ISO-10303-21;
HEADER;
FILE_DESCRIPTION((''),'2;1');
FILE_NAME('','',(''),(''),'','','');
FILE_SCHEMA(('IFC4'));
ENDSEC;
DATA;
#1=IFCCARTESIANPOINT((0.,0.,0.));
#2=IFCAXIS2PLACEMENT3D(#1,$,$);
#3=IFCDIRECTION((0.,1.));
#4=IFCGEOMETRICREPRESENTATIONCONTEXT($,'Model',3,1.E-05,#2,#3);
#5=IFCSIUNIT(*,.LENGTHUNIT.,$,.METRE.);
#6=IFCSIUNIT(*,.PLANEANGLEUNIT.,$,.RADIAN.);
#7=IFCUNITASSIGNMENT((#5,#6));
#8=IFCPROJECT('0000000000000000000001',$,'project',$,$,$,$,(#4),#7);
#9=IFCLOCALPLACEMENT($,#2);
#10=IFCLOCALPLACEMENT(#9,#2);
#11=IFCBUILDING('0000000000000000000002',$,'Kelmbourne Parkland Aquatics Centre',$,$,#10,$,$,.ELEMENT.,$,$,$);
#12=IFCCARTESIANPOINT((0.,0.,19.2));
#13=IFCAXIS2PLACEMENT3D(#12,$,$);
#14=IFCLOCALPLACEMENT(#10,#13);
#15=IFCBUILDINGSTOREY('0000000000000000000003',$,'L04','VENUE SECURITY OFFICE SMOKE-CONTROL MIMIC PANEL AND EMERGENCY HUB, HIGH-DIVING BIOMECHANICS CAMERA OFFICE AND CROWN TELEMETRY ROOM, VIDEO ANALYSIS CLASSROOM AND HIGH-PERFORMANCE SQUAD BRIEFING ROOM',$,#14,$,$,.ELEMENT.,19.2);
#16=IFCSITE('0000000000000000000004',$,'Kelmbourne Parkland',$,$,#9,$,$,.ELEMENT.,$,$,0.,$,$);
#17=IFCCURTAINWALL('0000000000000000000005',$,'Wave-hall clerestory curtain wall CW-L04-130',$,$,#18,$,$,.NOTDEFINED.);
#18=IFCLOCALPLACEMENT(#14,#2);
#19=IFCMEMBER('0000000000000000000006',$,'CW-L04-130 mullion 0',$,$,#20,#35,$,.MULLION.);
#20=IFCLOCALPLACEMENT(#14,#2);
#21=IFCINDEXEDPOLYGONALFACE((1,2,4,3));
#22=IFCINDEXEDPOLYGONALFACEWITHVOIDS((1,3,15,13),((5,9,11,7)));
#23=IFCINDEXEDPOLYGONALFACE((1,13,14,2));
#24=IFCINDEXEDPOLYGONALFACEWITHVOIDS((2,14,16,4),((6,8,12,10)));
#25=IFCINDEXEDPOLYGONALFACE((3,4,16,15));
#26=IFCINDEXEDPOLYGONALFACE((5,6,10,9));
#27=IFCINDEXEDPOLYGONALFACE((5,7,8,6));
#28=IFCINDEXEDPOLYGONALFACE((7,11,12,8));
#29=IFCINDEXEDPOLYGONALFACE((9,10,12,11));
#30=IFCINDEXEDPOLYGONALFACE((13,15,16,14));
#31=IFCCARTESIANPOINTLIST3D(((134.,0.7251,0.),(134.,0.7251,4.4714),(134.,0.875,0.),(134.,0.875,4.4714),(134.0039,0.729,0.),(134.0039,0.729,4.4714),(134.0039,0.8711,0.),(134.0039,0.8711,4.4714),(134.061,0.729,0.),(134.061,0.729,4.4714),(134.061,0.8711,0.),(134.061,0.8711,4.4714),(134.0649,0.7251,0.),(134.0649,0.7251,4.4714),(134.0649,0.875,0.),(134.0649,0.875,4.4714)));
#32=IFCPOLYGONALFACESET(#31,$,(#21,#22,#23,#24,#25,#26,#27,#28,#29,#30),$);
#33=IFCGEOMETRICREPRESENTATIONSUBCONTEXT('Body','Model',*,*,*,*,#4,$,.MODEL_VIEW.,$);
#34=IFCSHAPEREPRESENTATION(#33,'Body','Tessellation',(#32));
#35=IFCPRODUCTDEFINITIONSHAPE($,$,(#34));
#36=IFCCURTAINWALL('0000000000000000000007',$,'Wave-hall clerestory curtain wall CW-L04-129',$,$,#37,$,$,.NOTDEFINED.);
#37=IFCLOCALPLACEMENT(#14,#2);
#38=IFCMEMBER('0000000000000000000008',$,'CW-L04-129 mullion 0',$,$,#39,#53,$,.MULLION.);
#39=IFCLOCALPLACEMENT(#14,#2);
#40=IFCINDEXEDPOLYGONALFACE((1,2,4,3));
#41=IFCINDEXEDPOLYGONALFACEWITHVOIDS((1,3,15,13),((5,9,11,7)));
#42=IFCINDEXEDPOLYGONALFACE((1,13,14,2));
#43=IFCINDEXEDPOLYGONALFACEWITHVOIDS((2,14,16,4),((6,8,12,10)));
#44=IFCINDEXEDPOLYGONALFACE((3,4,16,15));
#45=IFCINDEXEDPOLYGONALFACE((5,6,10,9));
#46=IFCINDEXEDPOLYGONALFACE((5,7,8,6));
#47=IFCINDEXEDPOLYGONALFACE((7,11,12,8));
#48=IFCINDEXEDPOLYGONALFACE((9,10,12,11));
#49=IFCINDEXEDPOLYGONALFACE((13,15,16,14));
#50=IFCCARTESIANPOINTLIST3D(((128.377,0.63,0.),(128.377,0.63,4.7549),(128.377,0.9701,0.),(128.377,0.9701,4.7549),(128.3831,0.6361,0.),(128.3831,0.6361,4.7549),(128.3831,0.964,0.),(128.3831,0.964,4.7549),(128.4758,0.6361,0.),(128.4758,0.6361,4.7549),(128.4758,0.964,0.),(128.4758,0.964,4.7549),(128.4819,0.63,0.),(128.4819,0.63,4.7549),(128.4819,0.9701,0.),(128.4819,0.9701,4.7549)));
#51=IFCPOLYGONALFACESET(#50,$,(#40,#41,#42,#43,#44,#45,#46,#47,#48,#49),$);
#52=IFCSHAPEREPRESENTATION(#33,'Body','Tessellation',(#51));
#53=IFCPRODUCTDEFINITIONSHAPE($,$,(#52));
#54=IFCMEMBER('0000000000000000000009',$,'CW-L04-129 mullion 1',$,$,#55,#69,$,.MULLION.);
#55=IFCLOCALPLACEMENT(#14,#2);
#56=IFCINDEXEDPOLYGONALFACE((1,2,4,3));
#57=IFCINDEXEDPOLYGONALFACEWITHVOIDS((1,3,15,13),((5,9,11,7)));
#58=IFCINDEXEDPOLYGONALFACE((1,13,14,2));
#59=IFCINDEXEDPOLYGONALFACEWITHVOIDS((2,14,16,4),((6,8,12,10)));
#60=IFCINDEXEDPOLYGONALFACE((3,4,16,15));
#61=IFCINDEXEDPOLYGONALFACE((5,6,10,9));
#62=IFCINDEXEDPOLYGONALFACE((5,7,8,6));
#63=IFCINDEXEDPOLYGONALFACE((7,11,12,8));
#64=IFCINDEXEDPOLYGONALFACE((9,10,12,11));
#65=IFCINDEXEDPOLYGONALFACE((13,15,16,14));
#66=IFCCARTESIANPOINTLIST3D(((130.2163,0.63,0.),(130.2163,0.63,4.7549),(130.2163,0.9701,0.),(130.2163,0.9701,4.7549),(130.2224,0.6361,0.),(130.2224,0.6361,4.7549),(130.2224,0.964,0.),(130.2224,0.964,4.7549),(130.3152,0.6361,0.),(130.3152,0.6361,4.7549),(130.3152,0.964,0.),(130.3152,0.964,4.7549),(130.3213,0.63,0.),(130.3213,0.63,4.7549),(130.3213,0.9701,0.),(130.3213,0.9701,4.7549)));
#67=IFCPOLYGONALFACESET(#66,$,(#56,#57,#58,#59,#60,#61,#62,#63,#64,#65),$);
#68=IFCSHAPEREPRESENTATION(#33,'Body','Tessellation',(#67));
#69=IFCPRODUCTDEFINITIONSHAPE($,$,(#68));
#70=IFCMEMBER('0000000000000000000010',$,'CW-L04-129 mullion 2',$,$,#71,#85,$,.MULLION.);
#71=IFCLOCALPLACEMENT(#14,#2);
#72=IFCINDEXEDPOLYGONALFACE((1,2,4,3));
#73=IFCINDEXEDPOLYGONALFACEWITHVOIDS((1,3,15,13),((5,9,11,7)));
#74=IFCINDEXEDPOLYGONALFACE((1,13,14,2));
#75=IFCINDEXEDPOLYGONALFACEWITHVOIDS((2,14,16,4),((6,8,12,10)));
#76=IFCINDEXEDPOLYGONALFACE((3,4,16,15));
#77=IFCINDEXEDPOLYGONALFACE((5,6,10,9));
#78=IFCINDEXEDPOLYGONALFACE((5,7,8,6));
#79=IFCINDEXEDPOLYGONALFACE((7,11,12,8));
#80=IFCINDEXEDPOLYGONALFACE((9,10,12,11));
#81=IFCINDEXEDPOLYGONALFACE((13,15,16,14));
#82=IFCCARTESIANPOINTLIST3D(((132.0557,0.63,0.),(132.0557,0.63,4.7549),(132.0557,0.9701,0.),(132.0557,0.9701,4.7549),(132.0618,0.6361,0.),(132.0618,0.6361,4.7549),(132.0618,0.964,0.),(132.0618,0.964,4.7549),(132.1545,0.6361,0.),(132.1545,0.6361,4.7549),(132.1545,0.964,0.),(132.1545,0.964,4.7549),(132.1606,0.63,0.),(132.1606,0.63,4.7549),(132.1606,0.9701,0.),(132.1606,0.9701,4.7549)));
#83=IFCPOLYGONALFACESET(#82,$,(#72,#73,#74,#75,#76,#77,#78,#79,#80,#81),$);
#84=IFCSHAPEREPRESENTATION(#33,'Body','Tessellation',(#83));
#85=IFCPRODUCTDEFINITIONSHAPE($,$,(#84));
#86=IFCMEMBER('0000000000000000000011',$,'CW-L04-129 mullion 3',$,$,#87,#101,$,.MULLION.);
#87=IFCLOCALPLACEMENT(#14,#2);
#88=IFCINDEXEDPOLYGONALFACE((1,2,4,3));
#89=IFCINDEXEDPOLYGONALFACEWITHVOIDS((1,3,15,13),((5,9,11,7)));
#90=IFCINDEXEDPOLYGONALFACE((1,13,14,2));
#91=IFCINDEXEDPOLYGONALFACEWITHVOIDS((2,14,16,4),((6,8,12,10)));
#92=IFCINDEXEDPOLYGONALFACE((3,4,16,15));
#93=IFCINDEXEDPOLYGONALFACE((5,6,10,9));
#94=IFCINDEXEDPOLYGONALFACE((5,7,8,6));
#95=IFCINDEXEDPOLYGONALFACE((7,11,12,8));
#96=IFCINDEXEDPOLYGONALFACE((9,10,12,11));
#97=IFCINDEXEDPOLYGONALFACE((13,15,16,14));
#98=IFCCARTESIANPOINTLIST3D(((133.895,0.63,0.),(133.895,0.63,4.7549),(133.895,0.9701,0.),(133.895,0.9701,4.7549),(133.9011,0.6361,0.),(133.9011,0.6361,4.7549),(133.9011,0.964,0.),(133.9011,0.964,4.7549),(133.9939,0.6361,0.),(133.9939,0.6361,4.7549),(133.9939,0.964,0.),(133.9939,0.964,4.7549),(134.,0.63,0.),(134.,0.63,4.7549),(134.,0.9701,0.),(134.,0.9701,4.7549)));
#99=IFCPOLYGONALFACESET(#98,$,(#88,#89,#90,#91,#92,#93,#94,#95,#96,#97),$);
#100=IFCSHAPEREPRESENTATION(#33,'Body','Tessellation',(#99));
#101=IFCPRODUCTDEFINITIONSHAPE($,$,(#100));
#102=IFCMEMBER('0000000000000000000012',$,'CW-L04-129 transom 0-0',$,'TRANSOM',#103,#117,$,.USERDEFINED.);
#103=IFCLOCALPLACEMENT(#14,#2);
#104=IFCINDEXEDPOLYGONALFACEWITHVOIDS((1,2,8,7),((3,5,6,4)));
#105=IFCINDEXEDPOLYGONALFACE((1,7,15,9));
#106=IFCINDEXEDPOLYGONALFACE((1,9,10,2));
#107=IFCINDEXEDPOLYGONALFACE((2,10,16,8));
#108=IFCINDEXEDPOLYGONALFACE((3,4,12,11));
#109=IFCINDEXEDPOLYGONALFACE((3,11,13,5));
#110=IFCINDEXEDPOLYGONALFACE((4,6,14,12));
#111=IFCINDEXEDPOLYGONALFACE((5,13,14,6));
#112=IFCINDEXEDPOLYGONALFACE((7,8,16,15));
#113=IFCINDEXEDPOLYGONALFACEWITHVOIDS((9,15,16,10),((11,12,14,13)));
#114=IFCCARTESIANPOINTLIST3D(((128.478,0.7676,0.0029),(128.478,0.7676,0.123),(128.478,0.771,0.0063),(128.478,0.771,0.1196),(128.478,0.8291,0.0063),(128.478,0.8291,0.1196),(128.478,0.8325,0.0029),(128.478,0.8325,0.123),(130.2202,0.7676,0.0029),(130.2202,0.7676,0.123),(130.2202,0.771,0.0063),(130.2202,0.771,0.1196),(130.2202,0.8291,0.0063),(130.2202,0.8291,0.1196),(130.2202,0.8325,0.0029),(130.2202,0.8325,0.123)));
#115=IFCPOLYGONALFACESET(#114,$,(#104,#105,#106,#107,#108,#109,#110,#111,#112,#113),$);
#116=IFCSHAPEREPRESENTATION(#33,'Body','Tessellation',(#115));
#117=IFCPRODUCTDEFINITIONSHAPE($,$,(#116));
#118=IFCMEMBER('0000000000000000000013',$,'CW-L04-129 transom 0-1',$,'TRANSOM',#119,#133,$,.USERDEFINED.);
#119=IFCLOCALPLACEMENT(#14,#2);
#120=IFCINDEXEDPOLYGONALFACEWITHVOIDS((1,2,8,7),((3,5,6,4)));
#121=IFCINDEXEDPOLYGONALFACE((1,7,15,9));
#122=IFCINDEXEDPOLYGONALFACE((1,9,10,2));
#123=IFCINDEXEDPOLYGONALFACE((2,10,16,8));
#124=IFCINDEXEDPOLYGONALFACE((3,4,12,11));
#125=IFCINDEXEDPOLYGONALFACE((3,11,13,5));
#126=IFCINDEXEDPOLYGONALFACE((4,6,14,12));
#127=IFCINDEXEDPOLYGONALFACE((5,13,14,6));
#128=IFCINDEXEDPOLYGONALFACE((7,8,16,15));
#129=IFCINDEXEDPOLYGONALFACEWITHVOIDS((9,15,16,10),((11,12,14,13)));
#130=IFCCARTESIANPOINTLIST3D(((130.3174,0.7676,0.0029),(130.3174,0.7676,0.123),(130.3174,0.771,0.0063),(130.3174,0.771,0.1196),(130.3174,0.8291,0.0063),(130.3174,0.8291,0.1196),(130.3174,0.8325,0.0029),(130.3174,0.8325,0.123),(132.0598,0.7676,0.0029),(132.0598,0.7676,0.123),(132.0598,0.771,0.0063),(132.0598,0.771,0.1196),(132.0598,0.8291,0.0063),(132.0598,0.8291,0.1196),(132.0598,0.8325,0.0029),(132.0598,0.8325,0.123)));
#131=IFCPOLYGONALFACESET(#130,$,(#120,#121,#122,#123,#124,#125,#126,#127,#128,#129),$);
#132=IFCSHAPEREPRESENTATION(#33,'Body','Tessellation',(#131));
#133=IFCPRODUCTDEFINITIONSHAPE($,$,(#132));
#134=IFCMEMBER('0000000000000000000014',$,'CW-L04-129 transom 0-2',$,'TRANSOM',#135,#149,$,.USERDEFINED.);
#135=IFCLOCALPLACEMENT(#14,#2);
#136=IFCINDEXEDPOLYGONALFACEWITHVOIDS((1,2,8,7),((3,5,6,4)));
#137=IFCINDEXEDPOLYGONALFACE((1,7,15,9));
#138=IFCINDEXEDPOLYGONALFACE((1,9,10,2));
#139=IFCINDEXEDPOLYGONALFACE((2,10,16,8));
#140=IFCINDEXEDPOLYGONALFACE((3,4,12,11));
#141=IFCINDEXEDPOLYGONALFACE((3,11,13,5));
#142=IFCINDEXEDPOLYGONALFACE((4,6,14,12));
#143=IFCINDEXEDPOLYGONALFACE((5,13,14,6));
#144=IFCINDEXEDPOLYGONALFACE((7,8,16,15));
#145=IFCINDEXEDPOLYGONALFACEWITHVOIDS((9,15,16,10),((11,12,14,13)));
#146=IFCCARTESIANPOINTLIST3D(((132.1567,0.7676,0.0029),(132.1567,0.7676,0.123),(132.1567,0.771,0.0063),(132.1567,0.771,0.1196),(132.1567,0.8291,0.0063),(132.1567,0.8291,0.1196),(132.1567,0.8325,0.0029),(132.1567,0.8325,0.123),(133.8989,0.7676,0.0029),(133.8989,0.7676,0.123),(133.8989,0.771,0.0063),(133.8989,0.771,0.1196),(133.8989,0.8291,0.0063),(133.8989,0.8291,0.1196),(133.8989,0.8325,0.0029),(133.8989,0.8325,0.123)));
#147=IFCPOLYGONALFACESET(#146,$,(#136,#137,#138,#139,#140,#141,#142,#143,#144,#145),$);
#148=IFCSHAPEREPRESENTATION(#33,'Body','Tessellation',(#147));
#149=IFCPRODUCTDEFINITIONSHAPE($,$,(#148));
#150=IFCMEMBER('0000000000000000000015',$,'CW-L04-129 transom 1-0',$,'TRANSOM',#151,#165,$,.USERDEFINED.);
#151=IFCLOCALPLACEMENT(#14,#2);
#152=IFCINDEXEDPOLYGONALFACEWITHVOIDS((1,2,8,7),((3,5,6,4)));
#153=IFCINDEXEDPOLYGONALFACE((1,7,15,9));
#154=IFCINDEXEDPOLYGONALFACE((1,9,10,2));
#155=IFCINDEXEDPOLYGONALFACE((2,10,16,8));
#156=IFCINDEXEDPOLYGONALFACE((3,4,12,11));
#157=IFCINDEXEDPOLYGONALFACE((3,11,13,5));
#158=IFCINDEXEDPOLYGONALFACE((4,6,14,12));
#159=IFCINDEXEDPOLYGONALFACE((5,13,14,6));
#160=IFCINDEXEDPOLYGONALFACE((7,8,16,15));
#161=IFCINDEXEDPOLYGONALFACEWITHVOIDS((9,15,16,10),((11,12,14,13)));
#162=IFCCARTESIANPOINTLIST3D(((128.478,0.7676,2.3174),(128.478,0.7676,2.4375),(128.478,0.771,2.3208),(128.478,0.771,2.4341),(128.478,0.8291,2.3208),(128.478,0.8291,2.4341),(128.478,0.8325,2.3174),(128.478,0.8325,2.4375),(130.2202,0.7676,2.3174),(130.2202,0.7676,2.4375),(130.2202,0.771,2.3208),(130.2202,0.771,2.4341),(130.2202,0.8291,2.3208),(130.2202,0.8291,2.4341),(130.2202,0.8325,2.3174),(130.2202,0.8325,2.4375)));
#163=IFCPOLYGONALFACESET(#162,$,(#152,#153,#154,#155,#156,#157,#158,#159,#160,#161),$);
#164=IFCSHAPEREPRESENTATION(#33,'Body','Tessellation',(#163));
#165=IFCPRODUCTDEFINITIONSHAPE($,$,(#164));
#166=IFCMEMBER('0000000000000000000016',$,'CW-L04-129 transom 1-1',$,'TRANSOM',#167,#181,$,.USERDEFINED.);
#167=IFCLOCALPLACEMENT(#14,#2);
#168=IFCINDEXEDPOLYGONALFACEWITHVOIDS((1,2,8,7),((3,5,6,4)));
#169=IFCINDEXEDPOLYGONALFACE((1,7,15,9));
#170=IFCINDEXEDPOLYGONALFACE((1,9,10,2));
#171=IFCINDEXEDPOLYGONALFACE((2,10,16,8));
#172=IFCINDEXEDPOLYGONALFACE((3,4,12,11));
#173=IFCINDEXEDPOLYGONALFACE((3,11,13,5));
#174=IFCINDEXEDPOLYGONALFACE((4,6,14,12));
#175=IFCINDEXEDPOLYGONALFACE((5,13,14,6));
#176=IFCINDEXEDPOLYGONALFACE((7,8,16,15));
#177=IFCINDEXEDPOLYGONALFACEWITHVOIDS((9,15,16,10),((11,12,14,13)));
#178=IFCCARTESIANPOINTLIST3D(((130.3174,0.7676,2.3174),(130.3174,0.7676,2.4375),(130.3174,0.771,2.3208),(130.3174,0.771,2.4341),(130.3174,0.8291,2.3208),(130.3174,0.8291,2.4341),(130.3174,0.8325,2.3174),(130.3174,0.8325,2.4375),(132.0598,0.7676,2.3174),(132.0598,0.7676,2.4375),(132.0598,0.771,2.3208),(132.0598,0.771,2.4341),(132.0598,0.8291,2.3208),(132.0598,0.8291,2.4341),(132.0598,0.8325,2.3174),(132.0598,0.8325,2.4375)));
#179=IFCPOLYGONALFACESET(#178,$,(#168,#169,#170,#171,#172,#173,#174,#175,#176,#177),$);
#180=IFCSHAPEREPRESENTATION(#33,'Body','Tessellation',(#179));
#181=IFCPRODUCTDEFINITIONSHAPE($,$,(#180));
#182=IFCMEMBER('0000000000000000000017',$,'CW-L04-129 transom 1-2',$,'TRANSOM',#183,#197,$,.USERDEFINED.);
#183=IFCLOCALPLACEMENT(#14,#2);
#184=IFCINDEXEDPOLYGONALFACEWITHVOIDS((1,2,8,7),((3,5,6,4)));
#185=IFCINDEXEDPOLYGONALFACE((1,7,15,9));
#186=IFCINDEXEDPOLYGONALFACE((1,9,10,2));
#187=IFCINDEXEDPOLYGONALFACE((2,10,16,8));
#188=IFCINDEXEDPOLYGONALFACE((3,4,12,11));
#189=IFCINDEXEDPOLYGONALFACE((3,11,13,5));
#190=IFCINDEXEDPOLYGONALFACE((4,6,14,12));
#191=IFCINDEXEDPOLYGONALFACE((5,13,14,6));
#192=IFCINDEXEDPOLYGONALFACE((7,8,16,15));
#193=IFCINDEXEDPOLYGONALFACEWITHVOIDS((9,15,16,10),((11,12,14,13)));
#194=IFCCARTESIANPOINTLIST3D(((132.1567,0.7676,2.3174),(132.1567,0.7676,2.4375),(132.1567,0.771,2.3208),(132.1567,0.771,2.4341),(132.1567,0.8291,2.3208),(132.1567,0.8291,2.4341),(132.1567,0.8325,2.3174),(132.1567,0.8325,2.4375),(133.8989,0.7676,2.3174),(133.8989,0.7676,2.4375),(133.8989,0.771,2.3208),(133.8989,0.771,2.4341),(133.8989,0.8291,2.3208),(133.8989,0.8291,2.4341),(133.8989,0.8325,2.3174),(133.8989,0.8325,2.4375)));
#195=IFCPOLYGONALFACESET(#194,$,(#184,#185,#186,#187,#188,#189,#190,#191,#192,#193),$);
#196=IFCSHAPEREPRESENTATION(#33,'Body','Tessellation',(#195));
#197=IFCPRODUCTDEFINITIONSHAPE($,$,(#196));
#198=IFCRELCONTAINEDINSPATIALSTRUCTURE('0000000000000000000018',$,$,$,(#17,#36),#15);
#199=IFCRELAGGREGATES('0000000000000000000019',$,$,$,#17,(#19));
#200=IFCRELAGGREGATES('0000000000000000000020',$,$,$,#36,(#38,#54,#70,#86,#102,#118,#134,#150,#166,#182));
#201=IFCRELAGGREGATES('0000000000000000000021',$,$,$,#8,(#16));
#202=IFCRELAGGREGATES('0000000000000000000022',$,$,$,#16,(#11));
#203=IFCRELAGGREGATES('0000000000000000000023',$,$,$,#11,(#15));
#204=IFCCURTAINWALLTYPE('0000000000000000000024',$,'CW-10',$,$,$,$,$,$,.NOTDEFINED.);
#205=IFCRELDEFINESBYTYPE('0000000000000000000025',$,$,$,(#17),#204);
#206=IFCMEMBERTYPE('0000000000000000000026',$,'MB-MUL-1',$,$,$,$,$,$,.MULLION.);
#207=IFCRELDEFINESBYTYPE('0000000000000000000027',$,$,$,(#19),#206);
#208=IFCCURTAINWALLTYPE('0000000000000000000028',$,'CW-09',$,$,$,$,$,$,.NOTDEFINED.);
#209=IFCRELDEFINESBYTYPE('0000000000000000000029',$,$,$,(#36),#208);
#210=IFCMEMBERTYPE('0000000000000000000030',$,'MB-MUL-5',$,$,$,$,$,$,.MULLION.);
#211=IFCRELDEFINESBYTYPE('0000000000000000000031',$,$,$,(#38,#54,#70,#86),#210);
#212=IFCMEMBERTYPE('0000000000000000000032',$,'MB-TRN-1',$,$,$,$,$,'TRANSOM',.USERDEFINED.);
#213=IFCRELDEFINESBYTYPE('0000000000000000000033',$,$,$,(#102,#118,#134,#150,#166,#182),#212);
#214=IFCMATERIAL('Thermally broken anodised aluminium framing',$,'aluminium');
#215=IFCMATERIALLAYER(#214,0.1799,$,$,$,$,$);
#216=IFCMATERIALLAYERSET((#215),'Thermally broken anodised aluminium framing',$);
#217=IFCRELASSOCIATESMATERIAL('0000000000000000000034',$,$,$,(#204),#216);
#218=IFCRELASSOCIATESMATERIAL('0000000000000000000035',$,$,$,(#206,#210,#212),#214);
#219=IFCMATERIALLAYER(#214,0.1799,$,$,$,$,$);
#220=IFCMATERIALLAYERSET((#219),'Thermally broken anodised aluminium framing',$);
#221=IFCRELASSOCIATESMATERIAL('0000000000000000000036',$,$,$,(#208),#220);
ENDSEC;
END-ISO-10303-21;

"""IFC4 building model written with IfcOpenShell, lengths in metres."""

from ifc_helpers import new_model, si_unit, direction, frame, origin, origin_2d, place, context, subcontext, project, spatial, hollow_rectangle, extrude, material, layer, layer_set, material_profile, profile_set, type_object, element, aggregate, save


model = new_model("IFC4")

# Units and contexts
model_context = context("Model", 3, precision=1e-05, world=origin(), true_north=direction((0.0, 1.0)))
body_context = subcontext(model_context, "Body", "Model", "MODEL_VIEW")
ifc_project = project(units=[si_unit("LENGTHUNIT", "METRE"), si_unit("PLANEANGLEUNIT", "RADIAN")], contexts=[model_context])

# Site, building, storey
site_placement = place(None, origin())
site = spatial("IfcSite", under=ifc_project, at=site_placement, Name="Kelmbourne Parkland", CompositionType="ELEMENT", RefElevation=0.0)
building_placement = place(site_placement, origin())
building = spatial("IfcBuilding", under=site, at=building_placement, Name="Kelmbourne Parkland Aquatics Centre", CompositionType="ELEMENT")
storey_placement = place(building_placement, frame((0.0, 0.0, 19.2)))
storey = spatial("IfcBuildingStorey", under=building, at=storey_placement, Name="L04", Description="VENUE SECURITY OFFICE SMOKE-CONTROL MIMIC PANEL AND EMERGENCY HUB, HIGH-DIVING BIOMECHANICS CAMERA OFFICE AND CROWN TELEMETRY ROOM, VIDEO ANALYSIS CLASSROOM AND HIGH-PERFORMANCE SQUAD BRIEFING ROOM", CompositionType="ELEMENT", Elevation=19.2)

# Curtain wall, member
ifc_material_1 = material(Name="Thermally broken anodised aluminium framing", Category="aluminium")
ifc_layer_1 = layer(ifc_material_1, 0.1799)
ifc_layer_set_1 = layer_set([ifc_layer_1], Name="Thermally broken anodised aluminium framing")
curtain_wall_type_1 = type_object("IfcCurtainWallType", Name="CW-10", PredefinedType="NOTDEFINED", material=ifc_layer_set_1)
curtain_wall_1_placement = place(storey_placement, origin())
curtain_wall_1 = element("IfcCurtainWall", 1, at=curtain_wall_1_placement, inside=storey, type_object=curtain_wall_type_1, Name="Wave-hall clerestory curtain wall CW-L04-130", PredefinedType="NOTDEFINED")
ifc_material_profile_1 = material_profile(ifc_material_1, hollow_rectangle(XDim=0.0649, YDim=0.1499, WallThickness=0.0039, at=origin_2d()), Name="CW-M 65x150")
ifc_profile_set_1 = profile_set([ifc_material_profile_1], Name="Thermally broken anodised aluminium framing")
member_type_1 = type_object("IfcMemberType", Name="MB-MUL-1", PredefinedType="MULLION", material=ifc_profile_set_1)
member_1_placement = place(storey_placement, frame((134.0325, 0.8, 0.0), z_axis=(0.0, 0.0, 1.0), x_axis=(1.0, 0.0, 0.0)))
member_1 = element("IfcMember", 2, at=member_1_placement, type_object=member_type_1, Name="CW-L04-130 mullion 0", PredefinedType="MULLION", context=body_context, shape_type="SweptSolid", body=[
    extrude(hollow_rectangle(XDim=0.0649, YDim=0.1499, WallThickness=0.0039, at=origin_2d()), origin(), (0.0, 0.0, 1.0), 4.4714),
])

# Curtain wall, members
ifc_layer_2 = layer(ifc_material_1, 0.1799)
ifc_layer_set_2 = layer_set([ifc_layer_2], Name="Thermally broken anodised aluminium framing")
curtain_wall_type_2 = type_object("IfcCurtainWallType", Name="CW-09", PredefinedType="NOTDEFINED", material=ifc_layer_set_2)
curtain_wall_2_placement = place(storey_placement, origin())
curtain_wall_2 = element("IfcCurtainWall", 3, at=curtain_wall_2_placement, inside=storey, type_object=curtain_wall_type_2, Name="Wave-hall clerestory curtain wall CW-L04-129", PredefinedType="NOTDEFINED")
ifc_material_profile_2 = material_profile(ifc_material_1, hollow_rectangle(XDim=0.105, YDim=0.3401, WallThickness=0.0061, at=origin_2d()), Name="CW-M 105x340")
ifc_profile_set_2 = profile_set([ifc_material_profile_2], Name="Thermally broken anodised aluminium framing")
member_type_2 = type_object("IfcMemberType", Name="MB-MUL-5", PredefinedType="MULLION", material=ifc_profile_set_2)
member_2_placement = place(storey_placement, frame((128.4294, 0.8, 0.0), z_axis=(0.0, 0.0, 1.0), x_axis=(1.0, 0.0, 0.0)))
member_2 = element("IfcMember", 4, at=member_2_placement, type_object=member_type_2, Name="CW-L04-129 mullion 0", PredefinedType="MULLION", context=body_context, shape_type="SweptSolid", body=[
    extrude(hollow_rectangle(XDim=0.105, YDim=0.3401, WallThickness=0.0061, at=origin_2d()), origin(), (0.0, 0.0, 1.0), 4.7549),
])
member_3_placement = place(storey_placement, frame((130.2688, 0.8, 0.0), z_axis=(0.0, 0.0, 1.0), x_axis=(1.0, 0.0, 0.0)))
member_3 = element("IfcMember", 5, at=member_3_placement, type_object=member_type_2, Name="CW-L04-129 mullion 1", PredefinedType="MULLION", context=body_context, shape_type="SweptSolid", body=[
    extrude(hollow_rectangle(XDim=0.105, YDim=0.3401, WallThickness=0.0061, at=origin_2d()), origin(), (0.0, 0.0, 1.0), 4.7549),
])
member_4_placement = place(storey_placement, frame((132.1082, 0.8, 0.0), z_axis=(0.0, 0.0, 1.0), x_axis=(1.0, 0.0, 0.0)))
member_4 = element("IfcMember", 6, at=member_4_placement, type_object=member_type_2, Name="CW-L04-129 mullion 2", PredefinedType="MULLION", context=body_context, shape_type="SweptSolid", body=[
    extrude(hollow_rectangle(XDim=0.105, YDim=0.3401, WallThickness=0.0061, at=origin_2d()), origin(), (0.0, 0.0, 1.0), 4.7549),
])
member_5_placement = place(storey_placement, frame((133.9475, 0.8, 0.0), z_axis=(0.0, 0.0, 1.0), x_axis=(1.0, 0.0, 0.0)))
member_5 = element("IfcMember", 7, at=member_5_placement, type_object=member_type_2, Name="CW-L04-129 mullion 3", PredefinedType="MULLION", context=body_context, shape_type="SweptSolid", body=[
    extrude(hollow_rectangle(XDim=0.105, YDim=0.3401, WallThickness=0.0061, at=origin_2d()), origin(), (0.0, 0.0, 1.0), 4.7549),
])
ifc_material_profile_3 = material_profile(ifc_material_1, hollow_rectangle(XDim=0.0649, YDim=0.1201, WallThickness=0.0034, at=origin_2d()), Name="CW-T 65x120")
ifc_profile_set_3 = profile_set([ifc_material_profile_3], Name="Thermally broken anodised aluminium framing")
member_type_3 = type_object("IfcMemberType", Name="MB-TRN-1", ElementType="TRANSOM", PredefinedType="USERDEFINED", material=ifc_profile_set_3)
member_6_placement = place(storey_placement, frame((128.478, 0.8, 0.063), z_axis=(1.0, 0.0, 0.0), x_axis=(0.0, 1.0, 0.0)))
member_6 = element("IfcMember", 8, at=member_6_placement, type_object=member_type_3, Name="CW-L04-129 transom 0-0", ObjectType="TRANSOM", PredefinedType="USERDEFINED", context=body_context, shape_type="SweptSolid", body=[
    extrude(hollow_rectangle(XDim=0.0649, YDim=0.1201, WallThickness=0.0034, at=origin_2d()), origin(), (0.0, 0.0, 1.0), 1.7422),
])
member_7_placement = place(storey_placement, frame((130.3174, 0.8, 0.063), z_axis=(1.0, 0.0, 0.0), x_axis=(0.0, 1.0, 0.0)))
member_7 = element("IfcMember", 9, at=member_7_placement, type_object=member_type_3, Name="CW-L04-129 transom 0-1", ObjectType="TRANSOM", PredefinedType="USERDEFINED", context=body_context, shape_type="SweptSolid", body=[
    extrude(hollow_rectangle(XDim=0.0649, YDim=0.1201, WallThickness=0.0034, at=origin_2d()), origin(), (0.0, 0.0, 1.0), 1.7424),
])
member_8_placement = place(storey_placement, frame((132.1567, 0.8, 0.063), z_axis=(1.0, 0.0, 0.0), x_axis=(0.0, 1.0, 0.0)))
member_8 = element("IfcMember", 10, at=member_8_placement, type_object=member_type_3, Name="CW-L04-129 transom 0-2", ObjectType="TRANSOM", PredefinedType="USERDEFINED", context=body_context, shape_type="SweptSolid", body=[
    extrude(hollow_rectangle(XDim=0.0649, YDim=0.1201, WallThickness=0.0034, at=origin_2d()), origin(), (0.0, 0.0, 1.0), 1.7422),
])
member_9_placement = place(storey_placement, frame((128.478, 0.8, 2.3774), z_axis=(1.0, 0.0, 0.0), x_axis=(0.0, 1.0, 0.0)))
member_9 = element("IfcMember", 11, at=member_9_placement, type_object=member_type_3, Name="CW-L04-129 transom 1-0", ObjectType="TRANSOM", PredefinedType="USERDEFINED", context=body_context, shape_type="SweptSolid", body=[
    extrude(hollow_rectangle(XDim=0.0649, YDim=0.1201, WallThickness=0.0034, at=origin_2d()), origin(), (0.0, 0.0, 1.0), 1.7422),
])
member_10_placement = place(storey_placement, frame((130.3174, 0.8, 2.3774), z_axis=(1.0, 0.0, 0.0), x_axis=(0.0, 1.0, 0.0)))
member_10 = element("IfcMember", 12, at=member_10_placement, type_object=member_type_3, Name="CW-L04-129 transom 1-1", ObjectType="TRANSOM", PredefinedType="USERDEFINED", context=body_context, shape_type="SweptSolid", body=[
    extrude(hollow_rectangle(XDim=0.0649, YDim=0.1201, WallThickness=0.0034, at=origin_2d()), origin(), (0.0, 0.0, 1.0), 1.7424),
])
member_11_placement = place(storey_placement, frame((132.1567, 0.8, 2.3774), z_axis=(1.0, 0.0, 0.0), x_axis=(0.0, 1.0, 0.0)))
member_11 = element("IfcMember", 13, at=member_11_placement, type_object=member_type_3, Name="CW-L04-129 transom 1-2", ObjectType="TRANSOM", PredefinedType="USERDEFINED", context=body_context, shape_type="SweptSolid", body=[
    extrude(hollow_rectangle(XDim=0.0649, YDim=0.1201, WallThickness=0.0034, at=origin_2d()), origin(), (0.0, 0.0, 1.0), 1.7422),
])

aggregate(curtain_wall_1, [member_1])

aggregate(curtain_wall_2, [member_2, member_3, member_4, member_5, member_6, member_7, member_8, member_9, member_10, member_11])

save(model, "model.ifc")
